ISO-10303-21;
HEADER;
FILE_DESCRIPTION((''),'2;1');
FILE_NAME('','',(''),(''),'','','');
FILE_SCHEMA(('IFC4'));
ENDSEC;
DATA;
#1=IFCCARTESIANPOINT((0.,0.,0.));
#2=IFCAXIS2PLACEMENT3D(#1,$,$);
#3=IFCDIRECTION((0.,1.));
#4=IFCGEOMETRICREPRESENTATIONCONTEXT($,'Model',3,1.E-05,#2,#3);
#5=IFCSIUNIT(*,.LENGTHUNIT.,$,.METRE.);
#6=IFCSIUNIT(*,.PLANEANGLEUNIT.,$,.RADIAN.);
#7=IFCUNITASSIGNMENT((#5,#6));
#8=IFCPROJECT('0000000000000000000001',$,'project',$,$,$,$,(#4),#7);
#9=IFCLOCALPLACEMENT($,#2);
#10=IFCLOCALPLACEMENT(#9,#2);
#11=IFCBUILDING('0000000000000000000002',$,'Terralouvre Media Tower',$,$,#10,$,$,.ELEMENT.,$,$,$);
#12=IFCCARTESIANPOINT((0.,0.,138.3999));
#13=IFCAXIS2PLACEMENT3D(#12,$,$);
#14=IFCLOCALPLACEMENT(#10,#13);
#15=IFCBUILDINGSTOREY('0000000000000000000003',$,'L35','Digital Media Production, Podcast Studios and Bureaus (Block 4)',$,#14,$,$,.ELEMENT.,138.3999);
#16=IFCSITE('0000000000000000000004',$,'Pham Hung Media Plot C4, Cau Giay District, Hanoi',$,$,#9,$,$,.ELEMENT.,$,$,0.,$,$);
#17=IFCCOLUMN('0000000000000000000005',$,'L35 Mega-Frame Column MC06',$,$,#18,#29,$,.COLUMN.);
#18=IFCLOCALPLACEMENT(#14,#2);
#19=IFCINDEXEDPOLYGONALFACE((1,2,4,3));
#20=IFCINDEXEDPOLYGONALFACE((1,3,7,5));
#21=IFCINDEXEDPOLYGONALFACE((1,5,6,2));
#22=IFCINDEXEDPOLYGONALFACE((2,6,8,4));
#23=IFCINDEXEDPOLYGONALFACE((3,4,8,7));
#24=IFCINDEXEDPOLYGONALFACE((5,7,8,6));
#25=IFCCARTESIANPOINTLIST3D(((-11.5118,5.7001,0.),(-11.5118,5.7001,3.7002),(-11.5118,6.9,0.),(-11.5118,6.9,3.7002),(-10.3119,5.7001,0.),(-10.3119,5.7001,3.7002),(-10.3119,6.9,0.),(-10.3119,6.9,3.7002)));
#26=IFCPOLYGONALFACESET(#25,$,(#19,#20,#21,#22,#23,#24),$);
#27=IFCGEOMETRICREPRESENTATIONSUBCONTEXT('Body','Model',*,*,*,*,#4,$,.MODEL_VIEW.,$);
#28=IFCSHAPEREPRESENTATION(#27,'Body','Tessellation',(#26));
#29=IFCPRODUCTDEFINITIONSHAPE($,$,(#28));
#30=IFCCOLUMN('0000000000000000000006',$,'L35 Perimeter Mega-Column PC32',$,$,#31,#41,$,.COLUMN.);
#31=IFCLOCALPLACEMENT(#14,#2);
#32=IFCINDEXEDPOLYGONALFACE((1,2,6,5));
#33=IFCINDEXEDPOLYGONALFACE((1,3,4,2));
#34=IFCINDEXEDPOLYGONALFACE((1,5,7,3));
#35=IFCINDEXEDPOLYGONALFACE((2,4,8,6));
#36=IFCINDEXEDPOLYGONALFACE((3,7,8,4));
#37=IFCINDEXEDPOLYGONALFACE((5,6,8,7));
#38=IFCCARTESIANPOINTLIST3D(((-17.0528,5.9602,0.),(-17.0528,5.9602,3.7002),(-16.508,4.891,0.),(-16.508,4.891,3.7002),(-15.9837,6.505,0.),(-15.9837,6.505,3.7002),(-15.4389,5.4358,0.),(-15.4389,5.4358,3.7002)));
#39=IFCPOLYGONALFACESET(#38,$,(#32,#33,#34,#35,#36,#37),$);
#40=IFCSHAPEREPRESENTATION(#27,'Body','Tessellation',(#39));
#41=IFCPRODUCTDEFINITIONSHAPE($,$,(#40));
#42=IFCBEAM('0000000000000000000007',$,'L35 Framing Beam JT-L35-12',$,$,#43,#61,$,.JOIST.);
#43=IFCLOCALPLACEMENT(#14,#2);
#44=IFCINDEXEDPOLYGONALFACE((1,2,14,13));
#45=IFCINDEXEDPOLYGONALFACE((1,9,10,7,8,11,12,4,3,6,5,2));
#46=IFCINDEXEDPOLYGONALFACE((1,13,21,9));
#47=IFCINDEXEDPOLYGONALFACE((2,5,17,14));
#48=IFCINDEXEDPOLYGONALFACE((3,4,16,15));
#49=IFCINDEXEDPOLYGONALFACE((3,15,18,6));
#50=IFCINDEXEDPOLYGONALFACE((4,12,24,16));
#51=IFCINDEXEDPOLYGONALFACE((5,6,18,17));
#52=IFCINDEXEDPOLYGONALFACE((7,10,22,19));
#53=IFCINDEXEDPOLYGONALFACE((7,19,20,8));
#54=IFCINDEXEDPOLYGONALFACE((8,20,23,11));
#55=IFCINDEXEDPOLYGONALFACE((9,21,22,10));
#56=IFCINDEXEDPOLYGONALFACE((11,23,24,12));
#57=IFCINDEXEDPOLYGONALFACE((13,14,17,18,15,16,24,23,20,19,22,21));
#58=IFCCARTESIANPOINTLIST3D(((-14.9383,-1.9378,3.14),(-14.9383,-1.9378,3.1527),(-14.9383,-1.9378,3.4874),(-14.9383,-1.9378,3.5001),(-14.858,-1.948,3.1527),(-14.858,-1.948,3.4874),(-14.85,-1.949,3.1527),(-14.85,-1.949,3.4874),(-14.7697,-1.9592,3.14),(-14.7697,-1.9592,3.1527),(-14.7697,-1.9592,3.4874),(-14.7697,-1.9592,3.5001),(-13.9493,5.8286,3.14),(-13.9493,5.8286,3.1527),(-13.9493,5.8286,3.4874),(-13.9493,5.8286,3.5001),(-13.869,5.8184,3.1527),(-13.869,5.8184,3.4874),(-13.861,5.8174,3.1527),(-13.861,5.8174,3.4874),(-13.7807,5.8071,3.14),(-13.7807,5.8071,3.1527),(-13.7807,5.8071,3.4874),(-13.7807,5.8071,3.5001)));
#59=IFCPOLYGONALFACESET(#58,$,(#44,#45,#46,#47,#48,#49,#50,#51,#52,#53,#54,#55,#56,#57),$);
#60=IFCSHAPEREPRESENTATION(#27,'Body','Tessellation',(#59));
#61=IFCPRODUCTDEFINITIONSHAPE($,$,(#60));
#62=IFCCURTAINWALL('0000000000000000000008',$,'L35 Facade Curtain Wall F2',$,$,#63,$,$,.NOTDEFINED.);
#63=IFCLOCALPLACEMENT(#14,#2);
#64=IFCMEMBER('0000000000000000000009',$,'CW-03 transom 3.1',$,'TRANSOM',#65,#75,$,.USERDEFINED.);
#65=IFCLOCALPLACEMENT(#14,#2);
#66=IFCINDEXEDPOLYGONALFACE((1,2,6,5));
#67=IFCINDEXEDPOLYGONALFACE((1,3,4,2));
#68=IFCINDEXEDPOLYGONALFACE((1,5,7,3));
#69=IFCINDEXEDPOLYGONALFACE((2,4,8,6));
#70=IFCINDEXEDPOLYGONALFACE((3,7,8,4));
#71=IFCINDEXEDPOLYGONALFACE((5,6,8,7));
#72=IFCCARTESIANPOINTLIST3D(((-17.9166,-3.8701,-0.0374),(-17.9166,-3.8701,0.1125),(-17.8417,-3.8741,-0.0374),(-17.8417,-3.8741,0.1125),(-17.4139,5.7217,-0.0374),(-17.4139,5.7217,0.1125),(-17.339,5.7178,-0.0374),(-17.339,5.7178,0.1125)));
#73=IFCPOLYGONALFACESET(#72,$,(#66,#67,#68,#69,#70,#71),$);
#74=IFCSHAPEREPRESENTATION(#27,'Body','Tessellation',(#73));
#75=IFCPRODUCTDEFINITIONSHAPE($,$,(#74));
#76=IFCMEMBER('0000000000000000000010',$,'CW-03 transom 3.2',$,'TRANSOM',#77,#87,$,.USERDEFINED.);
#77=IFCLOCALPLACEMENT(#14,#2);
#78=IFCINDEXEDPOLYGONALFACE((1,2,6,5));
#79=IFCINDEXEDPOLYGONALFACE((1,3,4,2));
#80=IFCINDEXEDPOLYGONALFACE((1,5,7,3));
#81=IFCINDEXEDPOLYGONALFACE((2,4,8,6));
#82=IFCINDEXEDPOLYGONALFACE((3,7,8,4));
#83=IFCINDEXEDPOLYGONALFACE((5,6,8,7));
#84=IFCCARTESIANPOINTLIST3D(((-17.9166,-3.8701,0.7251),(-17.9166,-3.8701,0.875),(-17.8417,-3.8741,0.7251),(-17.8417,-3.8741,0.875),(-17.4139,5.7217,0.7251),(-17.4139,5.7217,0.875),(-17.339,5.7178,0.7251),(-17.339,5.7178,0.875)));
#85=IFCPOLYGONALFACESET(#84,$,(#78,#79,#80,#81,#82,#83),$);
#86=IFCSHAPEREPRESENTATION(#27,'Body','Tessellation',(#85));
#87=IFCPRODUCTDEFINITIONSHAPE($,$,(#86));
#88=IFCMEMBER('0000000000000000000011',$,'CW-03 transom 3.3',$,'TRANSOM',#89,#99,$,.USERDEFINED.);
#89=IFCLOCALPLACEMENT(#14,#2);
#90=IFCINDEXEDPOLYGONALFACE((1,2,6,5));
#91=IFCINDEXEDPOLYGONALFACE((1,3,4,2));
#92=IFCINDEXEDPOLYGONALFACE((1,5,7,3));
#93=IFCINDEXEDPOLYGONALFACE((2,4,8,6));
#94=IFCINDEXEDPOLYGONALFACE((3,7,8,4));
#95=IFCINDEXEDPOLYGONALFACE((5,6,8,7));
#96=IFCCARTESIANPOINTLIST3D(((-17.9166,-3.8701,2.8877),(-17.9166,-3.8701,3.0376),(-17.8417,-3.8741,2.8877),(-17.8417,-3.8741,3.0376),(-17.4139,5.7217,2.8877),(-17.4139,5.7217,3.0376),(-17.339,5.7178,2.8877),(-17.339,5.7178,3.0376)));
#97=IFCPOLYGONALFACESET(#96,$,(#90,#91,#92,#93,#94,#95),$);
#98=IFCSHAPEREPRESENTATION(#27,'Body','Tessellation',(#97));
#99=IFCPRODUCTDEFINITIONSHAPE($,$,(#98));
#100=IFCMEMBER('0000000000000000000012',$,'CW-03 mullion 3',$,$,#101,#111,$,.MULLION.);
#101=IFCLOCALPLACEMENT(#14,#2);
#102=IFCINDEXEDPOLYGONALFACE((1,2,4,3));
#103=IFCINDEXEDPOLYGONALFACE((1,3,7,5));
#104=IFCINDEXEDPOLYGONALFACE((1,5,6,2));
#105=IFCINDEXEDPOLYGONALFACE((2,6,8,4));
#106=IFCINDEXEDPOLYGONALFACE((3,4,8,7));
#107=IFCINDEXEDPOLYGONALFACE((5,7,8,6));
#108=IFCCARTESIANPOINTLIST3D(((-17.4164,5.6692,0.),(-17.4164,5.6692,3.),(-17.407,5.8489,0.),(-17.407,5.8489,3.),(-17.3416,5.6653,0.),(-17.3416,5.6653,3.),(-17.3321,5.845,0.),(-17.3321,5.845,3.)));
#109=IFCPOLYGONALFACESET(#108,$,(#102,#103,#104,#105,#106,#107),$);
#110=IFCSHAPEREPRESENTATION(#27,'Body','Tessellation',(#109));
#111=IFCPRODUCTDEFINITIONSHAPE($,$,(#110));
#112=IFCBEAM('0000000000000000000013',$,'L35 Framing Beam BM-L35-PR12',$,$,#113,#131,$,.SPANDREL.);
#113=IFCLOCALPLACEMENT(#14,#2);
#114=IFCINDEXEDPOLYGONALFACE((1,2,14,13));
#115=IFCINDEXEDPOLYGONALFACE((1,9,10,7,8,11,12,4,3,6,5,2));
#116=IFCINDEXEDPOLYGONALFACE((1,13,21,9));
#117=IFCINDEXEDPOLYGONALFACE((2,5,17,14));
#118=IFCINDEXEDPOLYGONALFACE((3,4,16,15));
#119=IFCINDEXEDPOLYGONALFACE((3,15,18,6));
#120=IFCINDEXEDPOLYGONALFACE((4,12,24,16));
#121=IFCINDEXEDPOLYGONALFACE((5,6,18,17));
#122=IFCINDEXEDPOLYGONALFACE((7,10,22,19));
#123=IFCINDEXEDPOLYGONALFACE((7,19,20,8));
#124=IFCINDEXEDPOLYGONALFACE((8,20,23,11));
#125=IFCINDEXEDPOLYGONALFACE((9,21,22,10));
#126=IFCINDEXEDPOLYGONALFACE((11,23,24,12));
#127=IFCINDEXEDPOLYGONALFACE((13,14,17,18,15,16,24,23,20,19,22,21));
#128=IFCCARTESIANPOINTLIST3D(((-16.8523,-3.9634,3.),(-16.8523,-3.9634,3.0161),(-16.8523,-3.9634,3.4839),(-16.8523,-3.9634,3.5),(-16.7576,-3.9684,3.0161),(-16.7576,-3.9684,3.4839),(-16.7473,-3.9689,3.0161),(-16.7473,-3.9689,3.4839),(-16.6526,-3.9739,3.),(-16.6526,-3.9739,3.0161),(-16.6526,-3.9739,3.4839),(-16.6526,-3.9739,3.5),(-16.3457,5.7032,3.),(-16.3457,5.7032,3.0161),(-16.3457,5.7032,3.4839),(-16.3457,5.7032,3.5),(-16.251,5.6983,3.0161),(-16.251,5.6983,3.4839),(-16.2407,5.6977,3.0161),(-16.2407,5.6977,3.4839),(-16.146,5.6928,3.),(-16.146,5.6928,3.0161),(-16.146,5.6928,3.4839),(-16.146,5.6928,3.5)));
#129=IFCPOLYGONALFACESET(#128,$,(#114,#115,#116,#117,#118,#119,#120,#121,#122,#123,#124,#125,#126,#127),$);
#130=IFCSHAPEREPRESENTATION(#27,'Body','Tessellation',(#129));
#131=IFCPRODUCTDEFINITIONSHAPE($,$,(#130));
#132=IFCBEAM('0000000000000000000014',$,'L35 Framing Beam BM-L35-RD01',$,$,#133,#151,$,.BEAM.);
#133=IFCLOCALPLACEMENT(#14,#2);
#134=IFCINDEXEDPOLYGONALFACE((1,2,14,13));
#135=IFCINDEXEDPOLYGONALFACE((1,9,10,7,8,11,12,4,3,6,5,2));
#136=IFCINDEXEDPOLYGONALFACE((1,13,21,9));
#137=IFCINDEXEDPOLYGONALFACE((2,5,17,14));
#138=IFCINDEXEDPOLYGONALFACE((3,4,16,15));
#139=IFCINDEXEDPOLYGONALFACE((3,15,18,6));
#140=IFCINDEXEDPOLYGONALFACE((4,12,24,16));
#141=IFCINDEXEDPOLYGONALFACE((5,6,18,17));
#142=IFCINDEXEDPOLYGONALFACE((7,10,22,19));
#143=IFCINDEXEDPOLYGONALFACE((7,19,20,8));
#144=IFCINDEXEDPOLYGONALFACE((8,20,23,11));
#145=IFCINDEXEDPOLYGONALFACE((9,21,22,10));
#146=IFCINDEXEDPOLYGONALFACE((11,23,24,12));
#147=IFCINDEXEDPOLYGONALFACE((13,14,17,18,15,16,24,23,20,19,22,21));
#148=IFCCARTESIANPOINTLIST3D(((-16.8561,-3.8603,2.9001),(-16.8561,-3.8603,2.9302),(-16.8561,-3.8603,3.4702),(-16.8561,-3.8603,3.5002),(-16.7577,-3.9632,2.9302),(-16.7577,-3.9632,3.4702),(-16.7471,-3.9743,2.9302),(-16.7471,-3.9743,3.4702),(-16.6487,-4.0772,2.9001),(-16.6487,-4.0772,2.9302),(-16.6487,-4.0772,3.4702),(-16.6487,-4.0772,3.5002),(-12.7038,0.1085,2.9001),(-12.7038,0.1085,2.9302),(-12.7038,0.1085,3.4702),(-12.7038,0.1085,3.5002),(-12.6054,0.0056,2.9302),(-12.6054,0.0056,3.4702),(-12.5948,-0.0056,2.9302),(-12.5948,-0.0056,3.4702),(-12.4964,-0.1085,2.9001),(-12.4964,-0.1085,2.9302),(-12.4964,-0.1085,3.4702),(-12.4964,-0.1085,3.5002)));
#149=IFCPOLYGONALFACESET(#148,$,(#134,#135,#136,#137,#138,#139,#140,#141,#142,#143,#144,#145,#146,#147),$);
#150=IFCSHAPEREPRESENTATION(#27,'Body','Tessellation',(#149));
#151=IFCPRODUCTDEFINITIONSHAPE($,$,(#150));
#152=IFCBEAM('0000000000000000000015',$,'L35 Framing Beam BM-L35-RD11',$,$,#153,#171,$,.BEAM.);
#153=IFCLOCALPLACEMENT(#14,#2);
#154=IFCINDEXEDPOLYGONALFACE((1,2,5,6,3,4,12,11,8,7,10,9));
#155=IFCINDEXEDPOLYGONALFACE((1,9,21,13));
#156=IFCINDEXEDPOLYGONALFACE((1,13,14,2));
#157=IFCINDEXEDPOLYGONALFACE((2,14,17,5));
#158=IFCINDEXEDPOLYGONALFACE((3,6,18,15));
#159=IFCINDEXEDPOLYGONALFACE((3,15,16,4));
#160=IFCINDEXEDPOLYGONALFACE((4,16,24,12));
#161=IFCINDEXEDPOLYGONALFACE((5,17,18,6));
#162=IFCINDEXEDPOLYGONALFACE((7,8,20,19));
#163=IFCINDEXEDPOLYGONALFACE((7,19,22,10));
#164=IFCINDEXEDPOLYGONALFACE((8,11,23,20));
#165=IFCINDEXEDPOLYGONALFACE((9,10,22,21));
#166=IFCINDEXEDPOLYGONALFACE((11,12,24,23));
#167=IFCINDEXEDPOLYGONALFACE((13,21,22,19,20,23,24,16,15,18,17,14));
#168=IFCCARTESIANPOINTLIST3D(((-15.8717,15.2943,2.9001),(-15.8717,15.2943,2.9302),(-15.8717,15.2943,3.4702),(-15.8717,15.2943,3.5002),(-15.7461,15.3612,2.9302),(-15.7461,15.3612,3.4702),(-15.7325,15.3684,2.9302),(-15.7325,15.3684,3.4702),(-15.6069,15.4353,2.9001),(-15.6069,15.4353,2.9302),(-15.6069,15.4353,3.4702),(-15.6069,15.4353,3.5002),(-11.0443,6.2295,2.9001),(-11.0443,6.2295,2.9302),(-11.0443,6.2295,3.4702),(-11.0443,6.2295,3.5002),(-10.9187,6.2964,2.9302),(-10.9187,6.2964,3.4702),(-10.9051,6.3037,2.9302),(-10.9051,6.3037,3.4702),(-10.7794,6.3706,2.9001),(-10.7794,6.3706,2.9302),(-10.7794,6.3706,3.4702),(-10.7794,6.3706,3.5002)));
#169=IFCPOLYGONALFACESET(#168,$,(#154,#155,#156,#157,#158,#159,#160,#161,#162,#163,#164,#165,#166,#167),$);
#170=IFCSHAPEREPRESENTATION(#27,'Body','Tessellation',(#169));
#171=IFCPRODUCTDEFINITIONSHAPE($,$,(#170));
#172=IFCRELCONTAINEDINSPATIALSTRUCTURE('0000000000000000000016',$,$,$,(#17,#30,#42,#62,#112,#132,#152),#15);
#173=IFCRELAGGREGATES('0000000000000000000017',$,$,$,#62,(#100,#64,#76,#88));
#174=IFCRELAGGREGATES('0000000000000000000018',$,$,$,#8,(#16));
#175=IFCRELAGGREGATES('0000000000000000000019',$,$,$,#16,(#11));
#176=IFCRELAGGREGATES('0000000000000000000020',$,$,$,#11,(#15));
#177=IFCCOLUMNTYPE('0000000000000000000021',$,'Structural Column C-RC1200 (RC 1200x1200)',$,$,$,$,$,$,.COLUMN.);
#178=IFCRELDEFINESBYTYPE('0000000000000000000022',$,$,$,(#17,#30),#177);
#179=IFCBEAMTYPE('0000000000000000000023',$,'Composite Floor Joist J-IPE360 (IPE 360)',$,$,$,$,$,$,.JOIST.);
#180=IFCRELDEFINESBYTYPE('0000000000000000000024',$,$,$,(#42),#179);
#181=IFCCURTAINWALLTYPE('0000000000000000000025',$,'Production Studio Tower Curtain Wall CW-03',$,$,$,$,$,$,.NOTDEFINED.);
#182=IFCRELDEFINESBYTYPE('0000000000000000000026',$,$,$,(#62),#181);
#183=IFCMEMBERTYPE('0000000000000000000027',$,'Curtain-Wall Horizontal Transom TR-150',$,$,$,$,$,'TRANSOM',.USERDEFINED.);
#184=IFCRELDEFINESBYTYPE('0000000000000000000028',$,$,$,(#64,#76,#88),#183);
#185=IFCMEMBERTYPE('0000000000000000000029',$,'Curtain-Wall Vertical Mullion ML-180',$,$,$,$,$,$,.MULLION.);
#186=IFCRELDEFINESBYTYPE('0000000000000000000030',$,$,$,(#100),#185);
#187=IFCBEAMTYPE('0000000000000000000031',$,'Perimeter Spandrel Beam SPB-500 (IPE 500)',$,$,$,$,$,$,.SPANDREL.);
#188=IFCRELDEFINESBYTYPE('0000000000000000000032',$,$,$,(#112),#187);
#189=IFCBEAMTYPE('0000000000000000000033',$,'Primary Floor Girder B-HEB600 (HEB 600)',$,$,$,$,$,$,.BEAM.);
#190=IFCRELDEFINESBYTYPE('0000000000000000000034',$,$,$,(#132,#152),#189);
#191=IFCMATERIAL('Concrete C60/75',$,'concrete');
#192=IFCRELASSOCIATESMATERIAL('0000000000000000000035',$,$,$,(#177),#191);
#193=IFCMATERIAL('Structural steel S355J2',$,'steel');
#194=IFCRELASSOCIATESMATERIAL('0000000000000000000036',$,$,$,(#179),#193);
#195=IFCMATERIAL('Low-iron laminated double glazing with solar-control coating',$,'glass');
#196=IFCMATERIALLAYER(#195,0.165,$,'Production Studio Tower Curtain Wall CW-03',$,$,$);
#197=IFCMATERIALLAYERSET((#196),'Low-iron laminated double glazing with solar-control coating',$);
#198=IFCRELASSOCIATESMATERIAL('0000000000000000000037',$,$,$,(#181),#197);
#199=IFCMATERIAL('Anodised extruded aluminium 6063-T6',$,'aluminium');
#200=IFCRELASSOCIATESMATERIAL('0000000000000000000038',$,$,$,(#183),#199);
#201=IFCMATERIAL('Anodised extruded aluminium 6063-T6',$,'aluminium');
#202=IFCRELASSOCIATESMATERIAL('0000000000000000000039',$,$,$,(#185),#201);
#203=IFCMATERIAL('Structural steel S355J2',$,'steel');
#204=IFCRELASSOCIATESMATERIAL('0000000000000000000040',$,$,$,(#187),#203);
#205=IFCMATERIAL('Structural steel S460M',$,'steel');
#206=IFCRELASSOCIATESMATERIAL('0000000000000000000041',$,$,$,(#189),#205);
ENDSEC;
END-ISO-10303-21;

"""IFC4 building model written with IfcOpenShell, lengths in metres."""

from ifc_helpers import new_model, si_unit, direction, frame, origin, origin_2d, place, context, subcontext, project, spatial, rectangle, i_section, extrude, material, layer, layer_set, material_profile, profile_set, type_object, element, aggregate, save


model = new_model("IFC4")

# Units and contexts
model_context = context("Model", 3, precision=1e-05, world=origin(), true_north=direction((0.0, 1.0)))
body_context = subcontext(model_context, "Body", "Model", "MODEL_VIEW")
ifc_project = project(units=[si_unit("LENGTHUNIT", "METRE"), si_unit("PLANEANGLEUNIT", "RADIAN")], contexts=[model_context])

# Site, building, storey
site_placement = place(None, origin())
site = spatial("IfcSite", under=ifc_project, at=site_placement, Name="Pham Hung Media Plot C4, Cau Giay District, Hanoi", CompositionType="ELEMENT", RefElevation=0.0)
building_placement = place(site_placement, origin())
building = spatial("IfcBuilding", under=site, at=building_placement, Name="Terralouvre Media Tower", CompositionType="ELEMENT")
storey_placement = place(building_placement, frame((0.0, 0.0, 138.3999)))
storey = spatial("IfcBuildingStorey", under=building, at=storey_placement, Name="L35", Description="Digital Media Production, Podcast Studios and Bureaus (Block 4)", CompositionType="ELEMENT", Elevation=138.3999)

# Columns
ifc_material_1 = material(Name="Concrete C60/75", Category="concrete")
ifc_material_profile_1 = material_profile(ifc_material_1, rectangle(XDim=1.2, YDim=1.2, at=origin_2d()), Name="RC 1200x1200")
ifc_profile_set_1 = profile_set([ifc_material_profile_1], Name="Concrete C60/75")
column_type = type_object("IfcColumnType", Name="Structural Column C-RC1200 (RC 1200x1200)", PredefinedType="COLUMN", material=ifc_profile_set_1)
for number, where, z_axis, x_axis, name in (
    (1, (-10.9119, 6.3, 0.0), (0.0, 0.0, 1.0), (1.0, 0.0, 0.0), "L35 Mega-Frame Column MC06"),
    (2, (-16.2458, 5.698, 0.0), (0.0, 0.0, 1.0), (0.891007, 0.45399, 0.0), "L35 Perimeter Mega-Column PC32"),
):
    element("IfcColumn", number, at=place(storey_placement, frame(where, z_axis=z_axis, x_axis=x_axis)), inside=storey, type_object=column_type, Name=name, PredefinedType="COLUMN", context=body_context, shape_type="SweptSolid", body=[
        extrude(rectangle(XDim=1.2, YDim=1.2, at=origin_2d()), origin(), (0.0, 0.0, 1.0), 3.7002),
    ])

# Beam
ifc_material_2 = material(Name="Structural steel S355J2", Category="steel")
ifc_material_profile_2 = material_profile(ifc_material_2, i_section(OverallWidth=0.1699, OverallDepth=0.3601, WebThickness=0.0081, FlangeThickness=0.0127, at=origin_2d()), Name="IPE 360")
ifc_profile_set_2 = profile_set([ifc_material_profile_2], Name="Structural steel S355J2")
beam_type_1 = type_object("IfcBeamType", Name="Composite Floor Joist J-IPE360 (IPE 360)", PredefinedType="JOIST", material=ifc_profile_set_2)
beam_1_placement = place(storey_placement, frame((-13.865, 5.8179, 3.3201), z_axis=(-0.126326, -0.991989, 0.0), x_axis=(0.991989, -0.126326, 0.0)))
element("IfcBeam", 3, at=beam_1_placement, inside=storey, type_object=beam_type_1, Name="L35 Framing Beam JT-L35-12", PredefinedType="JOIST", context=body_context, shape_type="SweptSolid", body=[
    extrude(i_section(OverallWidth=0.1699, OverallDepth=0.3601, WebThickness=0.0081, FlangeThickness=0.0127, at=origin_2d()), origin(), (0.0, 0.0, 1.0), 7.8291),
])

# Curtain wall, members
ifc_material_3 = material(Name="Low-iron laminated double glazing with solar-control coating", Category="glass")
ifc_layer_1 = layer(ifc_material_3, 0.165, Name="Production Studio Tower Curtain Wall CW-03")
ifc_layer_set_1 = layer_set([ifc_layer_1], Name="Low-iron laminated double glazing with solar-control coating")
curtain_wall_type = type_object("IfcCurtainWallType", Name="Production Studio Tower Curtain Wall CW-03", PredefinedType="NOTDEFINED", material=ifc_layer_set_1)
curtain_wall_placement = place(storey_placement, origin())
curtain_wall = element("IfcCurtainWall", 4, at=curtain_wall_placement, inside=storey, type_object=curtain_wall_type, Name="L35 Facade Curtain Wall F2", PredefinedType="NOTDEFINED")
ifc_material_4 = material(Name="Anodised extruded aluminium 6063-T6", Category="aluminium")
ifc_material_profile_3 = material_profile(ifc_material_4, rectangle(XDim=0.075, YDim=0.1499, at=origin_2d()), Name="ALU 75x150")
ifc_profile_set_3 = profile_set([ifc_material_profile_3], Name="Anodised extruded aluminium 6063-T6")
member_type_1 = type_object("IfcMemberType", Name="Curtain-Wall Horizontal Transom TR-150", ElementType="TRANSOM", PredefinedType="USERDEFINED", material=ifc_profile_set_3)
member_1_placement = place(storey_placement, frame((-17.3765, 5.7197, 0.0376), z_axis=(-0.052336, -0.99863, 0.0), x_axis=(0.99863, -0.052336, 0.0)))
member_1 = element("IfcMember", 5, at=member_1_placement, type_object=member_type_1, Name="CW-03 transom 3.1", ObjectType="TRANSOM", PredefinedType="USERDEFINED", context=body_context, shape_type="SweptSolid", body=[
    extrude(rectangle(XDim=0.075, YDim=0.1499, at=origin_2d()), origin(), (0.0, 0.0, 1.0), 9.605),
])
member_2_placement = place(storey_placement, frame((-17.3765, 5.7197, 0.8), z_axis=(-0.052336, -0.99863, 0.0), x_axis=(0.99863, -0.052336, 0.0)))
member_2 = element("IfcMember", 6, at=member_2_placement, type_object=member_type_1, Name="CW-03 transom 3.2", ObjectType="TRANSOM", PredefinedType="USERDEFINED", context=body_context, shape_type="SweptSolid", body=[
    extrude(rectangle(XDim=0.075, YDim=0.1499, at=origin_2d()), origin(), (0.0, 0.0, 1.0), 9.605),
])
member_3_placement = place(storey_placement, frame((-17.3765, 5.7197, 2.9626), z_axis=(-0.052336, -0.99863, 0.0), x_axis=(0.99863, -0.052336, 0.0)))
member_3 = element("IfcMember", 7, at=member_3_placement, type_object=member_type_1, Name="CW-03 transom 3.3", ObjectType="TRANSOM", PredefinedType="USERDEFINED", context=body_context, shape_type="SweptSolid", body=[
    extrude(rectangle(XDim=0.075, YDim=0.1499, at=origin_2d()), origin(), (0.0, 0.0, 1.0), 9.605),
])
ifc_material_5 = material(Name="Anodised extruded aluminium 6063-T6", Category="aluminium")
ifc_material_profile_4 = material_profile(ifc_material_5, rectangle(XDim=0.075, YDim=0.1799, at=origin_2d()), Name="ALU 75x180")
ifc_profile_set_4 = profile_set([ifc_material_profile_4], Name="Anodised extruded aluminium 6063-T6")
member_type_2 = type_object("IfcMemberType", Name="Curtain-Wall Vertical Mullion ML-180", PredefinedType="MULLION", material=ifc_profile_set_4)
member_4_placement = place(storey_placement, frame((-17.3743, 5.7571, 0.0), z_axis=(0.0, 0.0, 1.0), x_axis=(0.99863, -0.052336, 0.0)))
member_4 = element("IfcMember", 8, at=member_4_placement, type_object=member_type_2, Name="CW-03 mullion 3", PredefinedType="MULLION", context=body_context, shape_type="SweptSolid", body=[
    extrude(rectangle(XDim=0.075, YDim=0.1799, at=origin_2d()), origin(), (0.0, 0.0, 1.0), 3.0),
])

# Beams
ifc_material_6 = material(Name="Structural steel S355J2", Category="steel")
ifc_material_profile_5 = material_profile(ifc_material_6, i_section(OverallWidth=0.2, OverallDepth=0.5, WebThickness=0.0103, FlangeThickness=0.0161, at=origin_2d()), Name="IPE 500")
ifc_profile_set_5 = profile_set([ifc_material_profile_5], Name="Structural steel S355J2")
beam_type_2 = type_object("IfcBeamType", Name="Perimeter Spandrel Beam SPB-500 (IPE 500)", PredefinedType="SPANDREL", material=ifc_profile_set_5)
beam_2_placement = place(storey_placement, frame((-16.2458, 5.698, 3.25), z_axis=(-0.052334, -0.99863, 0.0), x_axis=(0.99863, -0.052334, 0.0)))
element("IfcBeam", 9, at=beam_2_placement, inside=storey, type_object=beam_type_2, Name="L35 Framing Beam BM-L35-PR12", PredefinedType="SPANDREL", context=body_context, shape_type="SweptSolid", body=[
    extrude(i_section(OverallWidth=0.2, OverallDepth=0.5, WebThickness=0.0103, FlangeThickness=0.0161, at=origin_2d()), origin(), (0.0, 0.0, 1.0), 9.6799),
])
ifc_material_7 = material(Name="Structural steel S460M", Category="steel")
ifc_material_profile_6 = material_profile(ifc_material_7, i_section(OverallWidth=0.3, OverallDepth=0.6001, WebThickness=0.0154, FlangeThickness=0.03, at=origin_2d()), Name="HEB 600")
ifc_profile_set_6 = profile_set([ifc_material_profile_6], Name="Structural steel S460M")
beam_type_3 = type_object("IfcBeamType", Name="Primary Floor Girder B-HEB600 (HEB 600)", PredefinedType="BEAM", material=ifc_profile_set_6)
beam_3_placement = place(storey_placement, frame((-12.6001, 0.0, 3.2002), z_axis=(-0.722908, -0.690945, 0.0), x_axis=(0.690945, -0.722908, 0.0)))
element("IfcBeam", 10, at=beam_3_placement, inside=storey, type_object=beam_type_3, Name="L35 Framing Beam BM-L35-RD01", PredefinedType="BEAM", context=body_context, shape_type="SweptSolid", body=[
    extrude(i_section(OverallWidth=0.3, OverallDepth=0.6001, WebThickness=0.0154, FlangeThickness=0.03, at=origin_2d()), origin(), (0.0, 0.0, 1.0), 5.7439),
])
beam_4_placement = place(storey_placement, frame((-10.9119, 6.3, 3.2002), z_axis=(-0.470049, 0.88264, 0.0), x_axis=(-0.88264, -0.470049, 0.0)))
element("IfcBeam", 11, at=beam_4_placement, inside=storey, type_object=beam_type_3, Name="L35 Framing Beam BM-L35-RD11", PredefinedType="BEAM", context=body_context, shape_type="SweptSolid", body=[
    extrude(i_section(OverallWidth=0.3, OverallDepth=0.6001, WebThickness=0.0154, FlangeThickness=0.03, at=origin_2d()), origin(), (0.0, 0.0, 1.0), 10.27),
])

aggregate(curtain_wall, [member_4, member_1, member_2, member_3])

save(model, "model.ifc")
